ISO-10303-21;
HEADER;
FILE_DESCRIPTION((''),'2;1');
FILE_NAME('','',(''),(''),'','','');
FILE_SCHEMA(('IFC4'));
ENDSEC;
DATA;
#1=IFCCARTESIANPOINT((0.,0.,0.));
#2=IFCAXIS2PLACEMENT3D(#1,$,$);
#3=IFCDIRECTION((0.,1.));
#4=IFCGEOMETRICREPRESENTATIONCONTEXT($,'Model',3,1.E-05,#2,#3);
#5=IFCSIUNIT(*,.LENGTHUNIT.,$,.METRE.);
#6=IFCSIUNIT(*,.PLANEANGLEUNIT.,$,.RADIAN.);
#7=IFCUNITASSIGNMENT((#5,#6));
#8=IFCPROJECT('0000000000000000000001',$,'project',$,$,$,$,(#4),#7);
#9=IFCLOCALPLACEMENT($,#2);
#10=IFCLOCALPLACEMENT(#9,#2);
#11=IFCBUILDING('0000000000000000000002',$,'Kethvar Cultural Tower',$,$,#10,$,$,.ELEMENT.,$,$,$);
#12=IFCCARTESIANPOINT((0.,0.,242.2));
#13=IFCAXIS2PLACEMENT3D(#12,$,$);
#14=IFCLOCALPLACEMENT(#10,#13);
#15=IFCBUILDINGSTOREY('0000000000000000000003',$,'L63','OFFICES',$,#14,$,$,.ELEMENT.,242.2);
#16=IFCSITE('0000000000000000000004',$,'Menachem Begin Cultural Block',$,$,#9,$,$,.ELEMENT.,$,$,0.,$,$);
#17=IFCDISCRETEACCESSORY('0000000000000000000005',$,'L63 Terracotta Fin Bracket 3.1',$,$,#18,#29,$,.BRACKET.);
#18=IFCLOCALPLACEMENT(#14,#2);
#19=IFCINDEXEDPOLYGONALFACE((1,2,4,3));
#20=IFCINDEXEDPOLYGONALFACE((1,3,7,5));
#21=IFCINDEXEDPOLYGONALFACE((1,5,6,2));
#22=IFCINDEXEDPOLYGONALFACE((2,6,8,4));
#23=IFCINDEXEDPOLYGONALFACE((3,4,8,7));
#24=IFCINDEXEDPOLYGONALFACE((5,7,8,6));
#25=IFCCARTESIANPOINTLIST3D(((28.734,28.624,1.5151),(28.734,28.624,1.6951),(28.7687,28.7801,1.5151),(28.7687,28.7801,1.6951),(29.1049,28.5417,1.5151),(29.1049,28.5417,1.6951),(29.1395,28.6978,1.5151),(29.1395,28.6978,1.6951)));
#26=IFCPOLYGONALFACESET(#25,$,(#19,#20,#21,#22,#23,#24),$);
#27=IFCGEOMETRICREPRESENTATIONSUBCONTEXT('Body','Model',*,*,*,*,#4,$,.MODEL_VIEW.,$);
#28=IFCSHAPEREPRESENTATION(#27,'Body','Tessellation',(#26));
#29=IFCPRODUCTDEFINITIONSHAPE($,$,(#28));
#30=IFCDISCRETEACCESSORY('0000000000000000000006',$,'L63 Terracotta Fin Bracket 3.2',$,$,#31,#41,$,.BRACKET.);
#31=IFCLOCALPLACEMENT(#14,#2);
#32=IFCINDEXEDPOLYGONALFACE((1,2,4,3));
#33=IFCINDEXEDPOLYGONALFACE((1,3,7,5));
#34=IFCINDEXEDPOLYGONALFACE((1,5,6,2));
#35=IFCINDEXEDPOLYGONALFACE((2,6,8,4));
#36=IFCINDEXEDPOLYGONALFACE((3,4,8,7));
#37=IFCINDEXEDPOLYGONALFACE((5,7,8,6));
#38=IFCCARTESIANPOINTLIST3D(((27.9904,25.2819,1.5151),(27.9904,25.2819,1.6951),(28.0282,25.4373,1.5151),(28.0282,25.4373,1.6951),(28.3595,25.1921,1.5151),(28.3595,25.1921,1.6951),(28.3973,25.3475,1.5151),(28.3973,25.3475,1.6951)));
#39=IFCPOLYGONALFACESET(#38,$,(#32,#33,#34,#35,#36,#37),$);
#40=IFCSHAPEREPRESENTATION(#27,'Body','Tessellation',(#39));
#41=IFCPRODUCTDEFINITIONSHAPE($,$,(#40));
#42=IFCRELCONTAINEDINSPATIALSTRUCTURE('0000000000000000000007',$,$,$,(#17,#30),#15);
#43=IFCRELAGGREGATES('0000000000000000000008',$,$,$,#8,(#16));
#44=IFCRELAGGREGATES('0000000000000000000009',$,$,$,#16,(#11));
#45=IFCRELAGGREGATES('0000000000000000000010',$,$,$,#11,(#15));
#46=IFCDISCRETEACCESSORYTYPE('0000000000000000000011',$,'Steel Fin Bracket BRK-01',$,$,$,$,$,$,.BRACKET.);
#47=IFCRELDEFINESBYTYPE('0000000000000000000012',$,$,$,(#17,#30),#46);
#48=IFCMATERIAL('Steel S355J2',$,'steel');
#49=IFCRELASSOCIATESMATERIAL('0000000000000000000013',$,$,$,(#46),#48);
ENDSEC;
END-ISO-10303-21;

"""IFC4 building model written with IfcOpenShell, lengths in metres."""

from ifc_helpers import new_model, si_unit, direction, frame, origin, origin_2d, place, context, subcontext, project, spatial, rectangle, extrude, source, transform, mapped, material, type_object, element, save


model = new_model("IFC4")

# Units and contexts
model_context = context("Model", 3, precision=1e-05, world=origin(), true_north=direction((0.0, 1.0)))
body_context = subcontext(model_context, "Body", "Model", "MODEL_VIEW")
ifc_project = project(units=[si_unit("LENGTHUNIT", "METRE"), si_unit("PLANEANGLEUNIT", "RADIAN")], contexts=[model_context])

# Site, building, storey
site_placement = place(None, origin())
site = spatial("IfcSite", under=ifc_project, at=site_placement, Name="Menachem Begin Cultural Block", CompositionType="ELEMENT", RefElevation=0.0)
building_placement = place(site_placement, origin())
building = spatial("IfcBuilding", under=site, at=building_placement, Name="Kethvar Cultural Tower", CompositionType="ELEMENT")
storey_placement = place(building_placement, frame((0.0, 0.0, 242.2)))
storey = spatial("IfcBuildingStorey", under=building, at=storey_placement, Name="L63", Description="OFFICES", CompositionType="ELEMENT", Elevation=242.2)

# Shared definitions
ifc_material_1 = material(Name="Steel S355J2", Category="steel")

# Discrete accessories
discrete_accessory_type = type_object("IfcDiscreteAccessoryType", Name="Steel Fin Bracket BRK-01", PredefinedType="BRACKET", material=ifc_material_1)
shared_shape_1 = source(origin(), body_context, "Body", "SweptSolid", [
    extrude(rectangle(XDim=0.3799, YDim=0.1599, at=origin_2d()), origin(), (0.0, 0.0, 1.0), 0.1799),
])
for number, where, z_axis, x_axis, name in (
    (1, (28.9368, 28.6609, 1.5151), (0.0, 0.0, 1.0), (-0.97622, 0.21678, 0.0), "L63 Terracotta Fin Bracket 3.1"),
    (2, (28.1938, 25.3147, 1.5151), (0.0, 0.0, 1.0), (-0.971673, 0.236329, 0.0), "L63 Terracotta Fin Bracket 3.2"),
):
    element("IfcDiscreteAccessory", number, at=place(storey_placement, frame(where, z_axis=z_axis, x_axis=x_axis)), inside=storey, type_object=discrete_accessory_type, Name=name, PredefinedType="BRACKET", context=body_context, shape_type="MappedRepresentation", body=[
        mapped(shared_shape_1, transform((0.0, 0.0, 0.0), scale=1.0)),
    ])

save(model, "model.ifc")
